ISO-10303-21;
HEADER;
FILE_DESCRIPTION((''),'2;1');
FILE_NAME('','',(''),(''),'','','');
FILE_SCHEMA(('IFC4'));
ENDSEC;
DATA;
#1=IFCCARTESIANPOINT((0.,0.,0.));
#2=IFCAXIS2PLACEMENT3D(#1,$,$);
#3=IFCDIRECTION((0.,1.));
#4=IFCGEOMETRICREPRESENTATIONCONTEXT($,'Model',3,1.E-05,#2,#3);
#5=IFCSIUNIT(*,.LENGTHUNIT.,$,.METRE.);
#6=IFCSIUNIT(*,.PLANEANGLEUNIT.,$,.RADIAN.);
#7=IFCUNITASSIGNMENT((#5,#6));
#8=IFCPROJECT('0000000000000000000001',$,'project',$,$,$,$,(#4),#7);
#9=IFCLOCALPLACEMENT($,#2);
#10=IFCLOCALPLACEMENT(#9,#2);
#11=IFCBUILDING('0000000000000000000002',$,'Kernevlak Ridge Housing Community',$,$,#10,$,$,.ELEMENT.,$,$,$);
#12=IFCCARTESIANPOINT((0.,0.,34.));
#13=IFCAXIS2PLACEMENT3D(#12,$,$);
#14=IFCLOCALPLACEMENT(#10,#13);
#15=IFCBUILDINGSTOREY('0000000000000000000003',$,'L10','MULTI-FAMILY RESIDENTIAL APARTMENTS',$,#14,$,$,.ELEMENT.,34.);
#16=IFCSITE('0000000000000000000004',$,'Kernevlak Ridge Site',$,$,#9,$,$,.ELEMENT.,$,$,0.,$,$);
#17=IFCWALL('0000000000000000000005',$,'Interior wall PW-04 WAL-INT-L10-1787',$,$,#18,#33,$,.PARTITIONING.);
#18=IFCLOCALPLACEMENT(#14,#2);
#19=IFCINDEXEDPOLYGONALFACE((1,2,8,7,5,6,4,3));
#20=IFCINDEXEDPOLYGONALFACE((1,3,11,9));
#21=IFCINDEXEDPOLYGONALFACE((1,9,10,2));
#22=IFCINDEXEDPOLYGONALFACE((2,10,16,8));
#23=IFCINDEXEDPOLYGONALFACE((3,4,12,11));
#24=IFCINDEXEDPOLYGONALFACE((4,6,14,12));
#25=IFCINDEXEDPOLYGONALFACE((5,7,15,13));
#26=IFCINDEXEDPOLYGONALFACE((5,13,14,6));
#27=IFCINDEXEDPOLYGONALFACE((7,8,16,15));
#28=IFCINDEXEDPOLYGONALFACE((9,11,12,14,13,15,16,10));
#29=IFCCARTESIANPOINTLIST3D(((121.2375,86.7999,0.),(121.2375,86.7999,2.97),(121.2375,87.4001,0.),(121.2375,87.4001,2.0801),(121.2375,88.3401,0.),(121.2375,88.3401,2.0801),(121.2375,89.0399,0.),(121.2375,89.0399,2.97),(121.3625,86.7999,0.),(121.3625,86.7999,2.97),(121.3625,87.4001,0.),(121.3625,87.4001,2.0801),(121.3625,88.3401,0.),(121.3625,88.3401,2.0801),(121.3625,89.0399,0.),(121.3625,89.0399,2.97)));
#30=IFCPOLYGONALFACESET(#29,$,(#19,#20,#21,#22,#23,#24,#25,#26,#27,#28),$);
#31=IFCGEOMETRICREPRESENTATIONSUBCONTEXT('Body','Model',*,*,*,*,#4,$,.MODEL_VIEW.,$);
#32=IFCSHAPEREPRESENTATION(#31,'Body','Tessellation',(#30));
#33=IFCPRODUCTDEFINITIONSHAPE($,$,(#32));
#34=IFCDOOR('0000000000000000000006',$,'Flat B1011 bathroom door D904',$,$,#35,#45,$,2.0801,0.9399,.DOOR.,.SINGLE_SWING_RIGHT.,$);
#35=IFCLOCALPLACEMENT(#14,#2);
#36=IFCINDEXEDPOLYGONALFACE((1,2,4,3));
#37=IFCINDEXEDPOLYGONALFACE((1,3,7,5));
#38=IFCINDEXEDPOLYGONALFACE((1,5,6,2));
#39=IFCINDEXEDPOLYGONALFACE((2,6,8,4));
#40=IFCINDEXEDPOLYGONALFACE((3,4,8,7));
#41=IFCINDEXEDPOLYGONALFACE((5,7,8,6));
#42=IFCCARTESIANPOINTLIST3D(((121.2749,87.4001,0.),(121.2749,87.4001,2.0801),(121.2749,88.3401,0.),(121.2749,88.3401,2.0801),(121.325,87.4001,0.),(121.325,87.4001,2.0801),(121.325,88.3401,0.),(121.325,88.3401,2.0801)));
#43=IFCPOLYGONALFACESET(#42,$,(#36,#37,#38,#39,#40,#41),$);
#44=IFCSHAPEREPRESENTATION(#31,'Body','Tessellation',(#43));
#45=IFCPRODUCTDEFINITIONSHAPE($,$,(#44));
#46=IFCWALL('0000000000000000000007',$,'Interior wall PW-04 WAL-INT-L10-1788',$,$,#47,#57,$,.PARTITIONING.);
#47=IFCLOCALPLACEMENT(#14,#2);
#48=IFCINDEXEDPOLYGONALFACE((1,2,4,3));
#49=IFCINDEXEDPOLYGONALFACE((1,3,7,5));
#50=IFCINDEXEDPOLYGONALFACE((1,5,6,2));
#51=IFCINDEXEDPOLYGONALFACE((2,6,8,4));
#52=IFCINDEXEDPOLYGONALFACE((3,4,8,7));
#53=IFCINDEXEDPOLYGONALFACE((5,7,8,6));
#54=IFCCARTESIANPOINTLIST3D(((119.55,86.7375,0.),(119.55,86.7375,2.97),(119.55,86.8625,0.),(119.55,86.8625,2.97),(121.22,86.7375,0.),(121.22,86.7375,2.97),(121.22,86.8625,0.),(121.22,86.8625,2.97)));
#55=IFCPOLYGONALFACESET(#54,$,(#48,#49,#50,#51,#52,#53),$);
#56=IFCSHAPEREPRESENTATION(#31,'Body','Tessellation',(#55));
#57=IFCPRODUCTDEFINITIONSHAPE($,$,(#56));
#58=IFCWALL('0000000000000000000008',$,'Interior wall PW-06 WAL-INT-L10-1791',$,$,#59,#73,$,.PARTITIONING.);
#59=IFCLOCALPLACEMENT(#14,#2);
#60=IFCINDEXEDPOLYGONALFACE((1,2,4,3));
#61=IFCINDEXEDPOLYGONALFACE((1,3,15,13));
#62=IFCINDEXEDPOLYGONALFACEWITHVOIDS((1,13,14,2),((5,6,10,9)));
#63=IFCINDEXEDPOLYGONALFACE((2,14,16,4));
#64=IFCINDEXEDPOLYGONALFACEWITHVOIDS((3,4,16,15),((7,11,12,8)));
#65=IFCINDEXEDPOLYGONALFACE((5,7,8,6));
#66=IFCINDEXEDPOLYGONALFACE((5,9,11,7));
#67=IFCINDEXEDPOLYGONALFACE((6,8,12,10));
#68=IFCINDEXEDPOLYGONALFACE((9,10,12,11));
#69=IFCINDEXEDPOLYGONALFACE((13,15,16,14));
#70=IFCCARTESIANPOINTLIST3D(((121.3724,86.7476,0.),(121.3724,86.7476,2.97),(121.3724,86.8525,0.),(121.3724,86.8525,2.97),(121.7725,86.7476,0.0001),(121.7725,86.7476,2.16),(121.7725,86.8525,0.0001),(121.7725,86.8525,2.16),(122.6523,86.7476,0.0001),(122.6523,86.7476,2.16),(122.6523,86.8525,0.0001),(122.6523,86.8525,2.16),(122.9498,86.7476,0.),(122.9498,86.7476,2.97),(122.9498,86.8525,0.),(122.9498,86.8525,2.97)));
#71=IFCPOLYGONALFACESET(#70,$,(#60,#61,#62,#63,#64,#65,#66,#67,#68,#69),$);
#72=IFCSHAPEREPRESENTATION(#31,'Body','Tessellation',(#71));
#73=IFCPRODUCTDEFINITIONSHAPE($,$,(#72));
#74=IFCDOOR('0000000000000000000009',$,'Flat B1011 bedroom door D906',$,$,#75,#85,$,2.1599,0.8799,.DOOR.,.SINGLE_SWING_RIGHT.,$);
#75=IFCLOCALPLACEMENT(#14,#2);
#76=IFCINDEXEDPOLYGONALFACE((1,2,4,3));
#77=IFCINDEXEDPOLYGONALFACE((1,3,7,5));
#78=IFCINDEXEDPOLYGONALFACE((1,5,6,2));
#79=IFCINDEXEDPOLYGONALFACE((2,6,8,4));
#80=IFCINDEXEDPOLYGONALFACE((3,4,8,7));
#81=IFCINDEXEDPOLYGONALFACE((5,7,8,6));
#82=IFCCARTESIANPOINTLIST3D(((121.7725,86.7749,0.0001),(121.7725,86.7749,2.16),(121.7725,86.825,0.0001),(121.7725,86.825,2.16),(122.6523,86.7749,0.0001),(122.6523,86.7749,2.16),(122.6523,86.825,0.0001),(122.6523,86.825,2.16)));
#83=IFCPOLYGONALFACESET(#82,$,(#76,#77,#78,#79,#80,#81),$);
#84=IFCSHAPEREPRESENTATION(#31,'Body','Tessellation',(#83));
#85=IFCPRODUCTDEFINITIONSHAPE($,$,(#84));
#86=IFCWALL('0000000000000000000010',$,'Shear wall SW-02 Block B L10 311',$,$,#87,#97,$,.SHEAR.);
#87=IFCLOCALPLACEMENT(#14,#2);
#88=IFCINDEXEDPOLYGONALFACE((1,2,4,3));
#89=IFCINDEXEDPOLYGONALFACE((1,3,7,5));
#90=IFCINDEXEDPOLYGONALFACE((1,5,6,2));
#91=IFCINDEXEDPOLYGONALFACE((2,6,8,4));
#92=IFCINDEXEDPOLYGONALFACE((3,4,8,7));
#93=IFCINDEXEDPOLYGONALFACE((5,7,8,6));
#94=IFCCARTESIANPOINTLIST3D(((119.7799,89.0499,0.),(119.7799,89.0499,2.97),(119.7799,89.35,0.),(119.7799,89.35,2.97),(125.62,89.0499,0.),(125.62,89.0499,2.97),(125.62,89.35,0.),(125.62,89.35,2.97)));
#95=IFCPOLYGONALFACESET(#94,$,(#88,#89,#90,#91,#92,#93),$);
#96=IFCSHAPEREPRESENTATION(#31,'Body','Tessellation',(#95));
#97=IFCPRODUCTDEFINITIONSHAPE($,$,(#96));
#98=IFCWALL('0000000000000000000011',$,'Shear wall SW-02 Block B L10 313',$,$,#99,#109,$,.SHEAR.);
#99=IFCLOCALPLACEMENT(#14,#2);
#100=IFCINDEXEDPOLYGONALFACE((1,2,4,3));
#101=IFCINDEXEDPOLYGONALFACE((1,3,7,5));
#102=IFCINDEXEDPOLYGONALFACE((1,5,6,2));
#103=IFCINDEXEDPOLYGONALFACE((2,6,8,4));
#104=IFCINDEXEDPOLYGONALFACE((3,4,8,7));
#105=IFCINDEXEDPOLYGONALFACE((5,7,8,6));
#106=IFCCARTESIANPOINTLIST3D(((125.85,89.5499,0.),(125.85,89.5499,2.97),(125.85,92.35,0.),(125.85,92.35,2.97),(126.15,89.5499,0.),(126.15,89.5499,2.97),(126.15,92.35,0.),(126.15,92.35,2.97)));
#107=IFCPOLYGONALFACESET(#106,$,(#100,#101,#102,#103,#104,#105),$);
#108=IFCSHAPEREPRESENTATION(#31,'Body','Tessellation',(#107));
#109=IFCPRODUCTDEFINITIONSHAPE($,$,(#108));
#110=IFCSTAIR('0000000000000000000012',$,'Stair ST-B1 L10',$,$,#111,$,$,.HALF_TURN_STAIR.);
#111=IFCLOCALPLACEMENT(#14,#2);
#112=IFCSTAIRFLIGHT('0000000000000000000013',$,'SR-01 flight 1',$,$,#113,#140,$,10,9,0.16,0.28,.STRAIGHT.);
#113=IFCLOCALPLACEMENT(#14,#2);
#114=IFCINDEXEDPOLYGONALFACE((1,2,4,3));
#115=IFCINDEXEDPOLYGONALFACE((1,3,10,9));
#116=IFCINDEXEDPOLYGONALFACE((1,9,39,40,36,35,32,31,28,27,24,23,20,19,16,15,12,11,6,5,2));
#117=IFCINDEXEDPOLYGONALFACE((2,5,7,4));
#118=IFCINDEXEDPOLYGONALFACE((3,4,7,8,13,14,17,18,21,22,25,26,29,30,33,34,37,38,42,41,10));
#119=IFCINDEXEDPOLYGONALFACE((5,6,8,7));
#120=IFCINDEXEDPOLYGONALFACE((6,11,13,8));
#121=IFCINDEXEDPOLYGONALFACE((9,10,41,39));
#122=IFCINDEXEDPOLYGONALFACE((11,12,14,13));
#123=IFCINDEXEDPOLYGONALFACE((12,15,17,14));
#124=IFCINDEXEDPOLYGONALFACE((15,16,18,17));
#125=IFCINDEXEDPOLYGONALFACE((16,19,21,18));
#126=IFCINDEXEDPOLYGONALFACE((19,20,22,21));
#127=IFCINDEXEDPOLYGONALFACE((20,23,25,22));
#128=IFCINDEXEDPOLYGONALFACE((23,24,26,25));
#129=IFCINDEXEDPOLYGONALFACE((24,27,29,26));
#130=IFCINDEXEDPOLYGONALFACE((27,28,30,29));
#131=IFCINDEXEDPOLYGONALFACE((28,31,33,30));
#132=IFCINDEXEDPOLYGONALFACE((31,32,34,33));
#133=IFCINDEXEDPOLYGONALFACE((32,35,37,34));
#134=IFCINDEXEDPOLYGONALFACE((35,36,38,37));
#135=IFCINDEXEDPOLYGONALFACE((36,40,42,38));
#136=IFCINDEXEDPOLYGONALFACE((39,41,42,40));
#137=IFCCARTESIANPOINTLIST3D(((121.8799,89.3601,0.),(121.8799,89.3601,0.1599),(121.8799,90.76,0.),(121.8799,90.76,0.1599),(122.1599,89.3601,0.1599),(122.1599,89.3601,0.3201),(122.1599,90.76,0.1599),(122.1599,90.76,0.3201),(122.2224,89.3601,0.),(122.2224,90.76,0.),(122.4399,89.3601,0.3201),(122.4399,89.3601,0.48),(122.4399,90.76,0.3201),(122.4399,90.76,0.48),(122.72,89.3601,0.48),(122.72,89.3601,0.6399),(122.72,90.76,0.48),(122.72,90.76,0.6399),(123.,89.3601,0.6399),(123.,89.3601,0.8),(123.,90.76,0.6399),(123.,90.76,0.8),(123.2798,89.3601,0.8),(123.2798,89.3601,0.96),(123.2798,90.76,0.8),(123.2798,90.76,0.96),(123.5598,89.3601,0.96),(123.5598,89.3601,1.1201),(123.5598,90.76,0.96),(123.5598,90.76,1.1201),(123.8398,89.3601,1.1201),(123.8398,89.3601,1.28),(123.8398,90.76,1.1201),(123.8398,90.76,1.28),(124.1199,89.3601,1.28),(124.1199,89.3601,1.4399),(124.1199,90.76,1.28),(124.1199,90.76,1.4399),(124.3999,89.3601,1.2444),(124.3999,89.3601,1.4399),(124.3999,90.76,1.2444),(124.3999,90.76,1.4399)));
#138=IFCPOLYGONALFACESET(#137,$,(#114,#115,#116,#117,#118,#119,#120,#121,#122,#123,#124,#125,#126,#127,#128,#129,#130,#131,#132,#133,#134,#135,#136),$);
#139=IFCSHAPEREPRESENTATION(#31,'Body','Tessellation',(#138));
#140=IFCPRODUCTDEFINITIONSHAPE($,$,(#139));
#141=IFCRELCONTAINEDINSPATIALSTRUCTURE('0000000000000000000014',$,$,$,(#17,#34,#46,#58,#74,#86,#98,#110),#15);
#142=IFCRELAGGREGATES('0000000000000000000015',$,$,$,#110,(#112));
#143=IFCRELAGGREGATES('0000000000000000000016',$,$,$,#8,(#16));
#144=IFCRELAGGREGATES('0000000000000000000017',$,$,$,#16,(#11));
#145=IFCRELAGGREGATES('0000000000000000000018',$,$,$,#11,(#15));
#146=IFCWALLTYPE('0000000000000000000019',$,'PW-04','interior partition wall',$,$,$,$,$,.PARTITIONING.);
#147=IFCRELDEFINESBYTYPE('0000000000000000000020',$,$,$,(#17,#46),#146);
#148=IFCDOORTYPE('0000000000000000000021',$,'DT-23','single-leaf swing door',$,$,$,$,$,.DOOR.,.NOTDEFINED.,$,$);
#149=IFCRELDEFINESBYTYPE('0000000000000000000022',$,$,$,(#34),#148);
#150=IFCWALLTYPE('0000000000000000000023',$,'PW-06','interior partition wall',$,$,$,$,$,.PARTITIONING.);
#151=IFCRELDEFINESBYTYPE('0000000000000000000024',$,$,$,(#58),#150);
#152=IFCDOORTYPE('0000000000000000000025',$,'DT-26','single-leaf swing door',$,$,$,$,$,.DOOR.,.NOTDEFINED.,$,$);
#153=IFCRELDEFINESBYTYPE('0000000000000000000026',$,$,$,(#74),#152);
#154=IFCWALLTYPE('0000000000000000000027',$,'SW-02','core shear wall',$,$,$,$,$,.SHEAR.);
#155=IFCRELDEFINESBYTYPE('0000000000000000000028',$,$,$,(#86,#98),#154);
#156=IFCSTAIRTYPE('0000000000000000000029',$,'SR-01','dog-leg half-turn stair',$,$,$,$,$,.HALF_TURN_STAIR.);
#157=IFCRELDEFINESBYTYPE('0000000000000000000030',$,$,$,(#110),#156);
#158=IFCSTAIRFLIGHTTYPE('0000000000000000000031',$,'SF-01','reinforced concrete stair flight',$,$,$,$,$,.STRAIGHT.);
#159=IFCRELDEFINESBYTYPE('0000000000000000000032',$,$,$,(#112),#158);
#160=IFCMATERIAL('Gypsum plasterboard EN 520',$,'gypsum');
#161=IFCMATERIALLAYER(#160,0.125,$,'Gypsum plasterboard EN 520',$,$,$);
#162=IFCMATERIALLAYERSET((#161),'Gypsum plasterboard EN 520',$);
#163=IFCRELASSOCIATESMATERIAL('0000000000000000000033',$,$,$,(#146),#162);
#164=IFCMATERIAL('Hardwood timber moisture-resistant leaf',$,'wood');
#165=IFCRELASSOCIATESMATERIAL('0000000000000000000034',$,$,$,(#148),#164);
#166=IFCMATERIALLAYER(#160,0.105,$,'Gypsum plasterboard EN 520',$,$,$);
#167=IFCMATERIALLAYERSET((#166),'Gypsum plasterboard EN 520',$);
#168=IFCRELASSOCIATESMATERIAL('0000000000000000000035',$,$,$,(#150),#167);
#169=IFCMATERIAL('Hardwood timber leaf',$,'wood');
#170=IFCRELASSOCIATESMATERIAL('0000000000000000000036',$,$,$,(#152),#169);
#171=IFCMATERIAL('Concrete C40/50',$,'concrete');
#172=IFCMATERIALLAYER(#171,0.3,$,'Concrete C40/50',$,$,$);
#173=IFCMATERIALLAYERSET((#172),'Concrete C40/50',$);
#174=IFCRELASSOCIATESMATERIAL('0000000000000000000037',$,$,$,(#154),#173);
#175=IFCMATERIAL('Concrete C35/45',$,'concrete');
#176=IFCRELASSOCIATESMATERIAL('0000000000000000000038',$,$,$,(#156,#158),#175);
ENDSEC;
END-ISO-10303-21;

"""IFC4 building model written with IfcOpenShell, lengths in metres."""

from ifc_helpers import new_model, si_unit, direction, frame, frame_2d, origin, place, context, subcontext, project, spatial, polyline, rectangle, outline, extrude, material, layer, layer_set, type_object, element, fill, aggregate, save


model = new_model("IFC4")

# Units and contexts
model_context = context("Model", 3, precision=1e-05, world=origin(), true_north=direction((0.0, 1.0)))
body_context = subcontext(model_context, "Body", "Model", "MODEL_VIEW")
ifc_project = project(units=[si_unit("LENGTHUNIT", "METRE"), si_unit("PLANEANGLEUNIT", "RADIAN")], contexts=[model_context])

# Site, building, storey
site_placement = place(None, origin())
site = spatial("IfcSite", under=ifc_project, at=site_placement, Name="Kernevlak Ridge Site", CompositionType="ELEMENT", RefElevation=0.0)
building_placement = place(site_placement, origin())
building = spatial("IfcBuilding", under=site, at=building_placement, Name="Kernevlak Ridge Housing Community", CompositionType="ELEMENT")
storey_placement = place(building_placement, frame((0.0, 0.0, 34.0)))
storey = spatial("IfcBuildingStorey", under=building, at=storey_placement, Name="L10", Description="MULTI-FAMILY RESIDENTIAL APARTMENTS", CompositionType="ELEMENT", Elevation=34.0)

# Shared definitions
ifc_material_1 = material(Name="Concrete C35/45", Category="concrete")

# Wall, opening, door
ifc_material_2 = material(Name="Hardwood timber leaf", Category="wood")
ifc_material_3 = material(Name="Gypsum plasterboard EN 520", Category="gypsum")
ifc_layer_1 = layer(ifc_material_3, 0.125, Name="Gypsum plasterboard EN 520")
ifc_layer_set_1 = layer_set([ifc_layer_1], Name="Gypsum plasterboard EN 520")
wall_type_1 = type_object("IfcWallType", Name="PW-04", Description="interior partition wall", PredefinedType="PARTITIONING", material=ifc_layer_set_1)
wall_1_placement = place(storey_placement, frame((121.3, 89.04, 0.0), z_axis=(0.0, 0.0, 1.0), x_axis=(0.0, -1.0, 0.0)))
wall_1 = element("IfcWall", 1, at=wall_1_placement, inside=storey, type_object=wall_type_1, Name="Interior wall PW-04 WAL-INT-L10-1787", PredefinedType="PARTITIONING", context=body_context, shape_type="SweptSolid", body=[
    extrude(rectangle(XDim=2.24, YDim=0.125, at=frame_2d((1.1201, 0.0))), origin(), (0.0, 0.0, 1.0), 2.97),
])
opening_1_placement = place(wall_1_placement, frame((0.7, 0.0, 0.0)))
opening_1 = element("IfcOpeningElement", 2, at=opening_1_placement, cuts=wall_1, PredefinedType="OPENING", context=body_context, shape_type="SweptSolid", body=[
    extrude(rectangle(XDim=0.9399, YDim=2.0801, at=frame_2d((0.47, 1.04))), frame((0.0, 0.0725, 0.0), z_axis=(0.0, -1.0, 0.0), x_axis=(1.0, 0.0, 0.0)), (0.0, 0.0, 1.0), 0.145),
])
ifc_material_4 = material(Name="Hardwood timber moisture-resistant leaf", Category="wood")
door_type_1 = type_object("IfcDoorType", Name="DT-23", Description="single-leaf swing door", OperationType="NOTDEFINED", PredefinedType="DOOR", material=ifc_material_4)
door_1_placement = place(opening_1_placement, origin())
door_1 = element("IfcDoor", 3, at=door_1_placement, inside=storey, type_object=door_type_1, Name="Flat B1011 bathroom door D904", OperationType="SINGLE_SWING_RIGHT", OverallHeight=2.0801, OverallWidth=0.9399, PredefinedType="DOOR", context=body_context, shape_type="SweptSolid", body=[
    extrude(rectangle(XDim=0.9399, YDim=2.0801, at=frame_2d((0.47, 1.04))), frame((0.0, 0.0249, 0.0), z_axis=(0.0, -1.0, 0.0), x_axis=(1.0, 0.0, 0.0)), (0.0, 0.0, 1.0), 0.05),
])
fill(opening_1, door_1)

# Wall
wall_2_placement = place(storey_placement, frame((119.55, 86.8, 0.0), z_axis=(0.0, 0.0, 1.0), x_axis=(1.0, 0.0, 0.0)))
element("IfcWall", 4, at=wall_2_placement, inside=storey, type_object=wall_type_1, Name="Interior wall PW-04 WAL-INT-L10-1788", PredefinedType="PARTITIONING", context=body_context, shape_type="SweptSolid", body=[
    extrude(rectangle(XDim=1.6699, YDim=0.125, at=frame_2d((0.835, 0.0))), origin(), (0.0, 0.0, 1.0), 2.97),
])

# Wall, opening, door
ifc_layer_2 = layer(ifc_material_3, 0.105, Name="Gypsum plasterboard EN 520")
ifc_layer_set_2 = layer_set([ifc_layer_2], Name="Gypsum plasterboard EN 520")
wall_type_2 = type_object("IfcWallType", Name="PW-06", Description="interior partition wall", PredefinedType="PARTITIONING", material=ifc_layer_set_2)
wall_3_placement = place(storey_placement, frame((121.3726, 86.8, 0.0), z_axis=(0.0, 0.0, 1.0), x_axis=(1.0, 0.0, 0.0)))
wall_3 = element("IfcWall", 5, at=wall_3_placement, inside=storey, type_object=wall_type_2, Name="Interior wall PW-06 WAL-INT-L10-1791", PredefinedType="PARTITIONING", context=body_context, shape_type="SweptSolid", body=[
    extrude(rectangle(XDim=1.5774, YDim=0.105, at=frame_2d((0.7886, 0.0))), origin(), (0.0, 0.0, 1.0), 2.97),
])
opening_2_placement = place(wall_3_placement, frame((0.3999, 0.0, 0.0)))
opening_2 = element("IfcOpeningElement", 6, at=opening_2_placement, cuts=wall_3, PredefinedType="OPENING", context=body_context, shape_type="SweptSolid", body=[
    extrude(rectangle(XDim=0.8799, YDim=2.1599, at=frame_2d((0.4399, 1.0801))), frame((0.0, 0.0625, 0.0), z_axis=(0.0, -1.0, 0.0), x_axis=(1.0, 0.0, 0.0)), (0.0, 0.0, 1.0), 0.125),
])
door_type_2 = type_object("IfcDoorType", Name="DT-26", Description="single-leaf swing door", OperationType="NOTDEFINED", PredefinedType="DOOR", material=ifc_material_2)
door_2_placement = place(opening_2_placement, origin())
door_2 = element("IfcDoor", 7, at=door_2_placement, inside=storey, type_object=door_type_2, Name="Flat B1011 bedroom door D906", OperationType="SINGLE_SWING_RIGHT", OverallHeight=2.1599, OverallWidth=0.8799, PredefinedType="DOOR", context=body_context, shape_type="SweptSolid", body=[
    extrude(rectangle(XDim=0.8799, YDim=2.1599, at=frame_2d((0.4399, 1.0801))), frame((0.0, 0.0249, 0.0), z_axis=(0.0, -1.0, 0.0), x_axis=(1.0, 0.0, 0.0)), (0.0, 0.0, 1.0), 0.05),
])
fill(opening_2, door_2)

# Walls
ifc_material_5 = material(Name="Concrete C40/50", Category="concrete")
ifc_layer_3 = layer(ifc_material_5, 0.3, Name="Concrete C40/50")
ifc_layer_set_3 = layer_set([ifc_layer_3], Name="Concrete C40/50")
wall_type_3 = type_object("IfcWallType", Name="SW-02", Description="core shear wall", PredefinedType="SHEAR", material=ifc_layer_set_3)
wall_4_placement = place(storey_placement, frame((119.78, 89.2, 0.0), z_axis=(0.0, 0.0, 1.0), x_axis=(1.0, 0.0, 0.0)))
element("IfcWall", 8, at=wall_4_placement, inside=storey, type_object=wall_type_3, Name="Shear wall SW-02 Block B L10 311", PredefinedType="SHEAR", context=body_context, shape_type="SweptSolid", body=[
    extrude(rectangle(XDim=5.8401, YDim=0.3, at=frame_2d((2.9199, 0.0))), origin(), (0.0, 0.0, 1.0), 2.97),
])
wall_5_placement = place(storey_placement, frame((126.0, 89.55, 0.0), z_axis=(0.0, 0.0, 1.0), x_axis=(0.0, 1.0, 0.0)))
element("IfcWall", 9, at=wall_5_placement, inside=storey, type_object=wall_type_3, Name="Shear wall SW-02 Block B L10 313", PredefinedType="SHEAR", context=body_context, shape_type="SweptSolid", body=[
    extrude(rectangle(XDim=2.8, YDim=0.3, at=frame_2d((1.3999, 0.0))), origin(), (0.0, 0.0, 1.0), 2.97),
])

# Stair, stair flight
stair_type = type_object("IfcStairType", Name="SR-01", Description="dog-leg half-turn stair", PredefinedType="HALF_TURN_STAIR", material=ifc_material_1)
stair_placement = place(storey_placement, origin())
stair = element("IfcStair", 10, at=stair_placement, inside=storey, type_object=stair_type, Name="Stair ST-B1 L10", PredefinedType="HALF_TURN_STAIR")
stair_flight_type = type_object("IfcStairFlightType", Name="SF-01", Description="reinforced concrete stair flight", PredefinedType="STRAIGHT", material=ifc_material_1)
stair_flight_placement = place(storey_placement, frame((121.8799, 90.0601, 0.0), z_axis=(0.0, 0.0, 1.0), x_axis=(1.0, 0.0, 0.0)))
stair_flight = element("IfcStairFlight", 11, at=stair_flight_placement, type_object=stair_flight_type, Name="SR-01 flight 1", NumberOfRisers=10, NumberOfTreads=9, PredefinedType="STRAIGHT", RiserHeight=0.16, TreadLength=0.28, context=body_context, shape_type="SweptSolid", body=[
    extrude(outline(polyline([(0.0, 0.0), (0.0, 0.1599), (0.28, 0.1599), (0.28, 0.3201), (0.5601, 0.3201), (0.5601, 0.48), (0.8401, 0.48), (0.8401, 0.6399), (1.1201, 0.6399), (1.1201, 0.8), (1.3999, 0.8), (1.3999, 0.96), (1.6799, 0.96), (1.6799, 1.1201), (1.96, 1.1201), (1.96, 1.28), (2.24, 1.28), (2.24, 1.4399), (2.52, 1.4399), (2.52, 1.6001), (2.52, 1.2444), (0.3425, 0.0), (0.0, 0.0)])), frame((0.0, 0.7, 0.0), z_axis=(0.0, -1.0, 0.0), x_axis=(1.0, 0.0, 0.0)), (0.0, 0.0, 1.0), 1.3999),
])
aggregate(stair, [stair_flight])

save(model, "model.ifc")
